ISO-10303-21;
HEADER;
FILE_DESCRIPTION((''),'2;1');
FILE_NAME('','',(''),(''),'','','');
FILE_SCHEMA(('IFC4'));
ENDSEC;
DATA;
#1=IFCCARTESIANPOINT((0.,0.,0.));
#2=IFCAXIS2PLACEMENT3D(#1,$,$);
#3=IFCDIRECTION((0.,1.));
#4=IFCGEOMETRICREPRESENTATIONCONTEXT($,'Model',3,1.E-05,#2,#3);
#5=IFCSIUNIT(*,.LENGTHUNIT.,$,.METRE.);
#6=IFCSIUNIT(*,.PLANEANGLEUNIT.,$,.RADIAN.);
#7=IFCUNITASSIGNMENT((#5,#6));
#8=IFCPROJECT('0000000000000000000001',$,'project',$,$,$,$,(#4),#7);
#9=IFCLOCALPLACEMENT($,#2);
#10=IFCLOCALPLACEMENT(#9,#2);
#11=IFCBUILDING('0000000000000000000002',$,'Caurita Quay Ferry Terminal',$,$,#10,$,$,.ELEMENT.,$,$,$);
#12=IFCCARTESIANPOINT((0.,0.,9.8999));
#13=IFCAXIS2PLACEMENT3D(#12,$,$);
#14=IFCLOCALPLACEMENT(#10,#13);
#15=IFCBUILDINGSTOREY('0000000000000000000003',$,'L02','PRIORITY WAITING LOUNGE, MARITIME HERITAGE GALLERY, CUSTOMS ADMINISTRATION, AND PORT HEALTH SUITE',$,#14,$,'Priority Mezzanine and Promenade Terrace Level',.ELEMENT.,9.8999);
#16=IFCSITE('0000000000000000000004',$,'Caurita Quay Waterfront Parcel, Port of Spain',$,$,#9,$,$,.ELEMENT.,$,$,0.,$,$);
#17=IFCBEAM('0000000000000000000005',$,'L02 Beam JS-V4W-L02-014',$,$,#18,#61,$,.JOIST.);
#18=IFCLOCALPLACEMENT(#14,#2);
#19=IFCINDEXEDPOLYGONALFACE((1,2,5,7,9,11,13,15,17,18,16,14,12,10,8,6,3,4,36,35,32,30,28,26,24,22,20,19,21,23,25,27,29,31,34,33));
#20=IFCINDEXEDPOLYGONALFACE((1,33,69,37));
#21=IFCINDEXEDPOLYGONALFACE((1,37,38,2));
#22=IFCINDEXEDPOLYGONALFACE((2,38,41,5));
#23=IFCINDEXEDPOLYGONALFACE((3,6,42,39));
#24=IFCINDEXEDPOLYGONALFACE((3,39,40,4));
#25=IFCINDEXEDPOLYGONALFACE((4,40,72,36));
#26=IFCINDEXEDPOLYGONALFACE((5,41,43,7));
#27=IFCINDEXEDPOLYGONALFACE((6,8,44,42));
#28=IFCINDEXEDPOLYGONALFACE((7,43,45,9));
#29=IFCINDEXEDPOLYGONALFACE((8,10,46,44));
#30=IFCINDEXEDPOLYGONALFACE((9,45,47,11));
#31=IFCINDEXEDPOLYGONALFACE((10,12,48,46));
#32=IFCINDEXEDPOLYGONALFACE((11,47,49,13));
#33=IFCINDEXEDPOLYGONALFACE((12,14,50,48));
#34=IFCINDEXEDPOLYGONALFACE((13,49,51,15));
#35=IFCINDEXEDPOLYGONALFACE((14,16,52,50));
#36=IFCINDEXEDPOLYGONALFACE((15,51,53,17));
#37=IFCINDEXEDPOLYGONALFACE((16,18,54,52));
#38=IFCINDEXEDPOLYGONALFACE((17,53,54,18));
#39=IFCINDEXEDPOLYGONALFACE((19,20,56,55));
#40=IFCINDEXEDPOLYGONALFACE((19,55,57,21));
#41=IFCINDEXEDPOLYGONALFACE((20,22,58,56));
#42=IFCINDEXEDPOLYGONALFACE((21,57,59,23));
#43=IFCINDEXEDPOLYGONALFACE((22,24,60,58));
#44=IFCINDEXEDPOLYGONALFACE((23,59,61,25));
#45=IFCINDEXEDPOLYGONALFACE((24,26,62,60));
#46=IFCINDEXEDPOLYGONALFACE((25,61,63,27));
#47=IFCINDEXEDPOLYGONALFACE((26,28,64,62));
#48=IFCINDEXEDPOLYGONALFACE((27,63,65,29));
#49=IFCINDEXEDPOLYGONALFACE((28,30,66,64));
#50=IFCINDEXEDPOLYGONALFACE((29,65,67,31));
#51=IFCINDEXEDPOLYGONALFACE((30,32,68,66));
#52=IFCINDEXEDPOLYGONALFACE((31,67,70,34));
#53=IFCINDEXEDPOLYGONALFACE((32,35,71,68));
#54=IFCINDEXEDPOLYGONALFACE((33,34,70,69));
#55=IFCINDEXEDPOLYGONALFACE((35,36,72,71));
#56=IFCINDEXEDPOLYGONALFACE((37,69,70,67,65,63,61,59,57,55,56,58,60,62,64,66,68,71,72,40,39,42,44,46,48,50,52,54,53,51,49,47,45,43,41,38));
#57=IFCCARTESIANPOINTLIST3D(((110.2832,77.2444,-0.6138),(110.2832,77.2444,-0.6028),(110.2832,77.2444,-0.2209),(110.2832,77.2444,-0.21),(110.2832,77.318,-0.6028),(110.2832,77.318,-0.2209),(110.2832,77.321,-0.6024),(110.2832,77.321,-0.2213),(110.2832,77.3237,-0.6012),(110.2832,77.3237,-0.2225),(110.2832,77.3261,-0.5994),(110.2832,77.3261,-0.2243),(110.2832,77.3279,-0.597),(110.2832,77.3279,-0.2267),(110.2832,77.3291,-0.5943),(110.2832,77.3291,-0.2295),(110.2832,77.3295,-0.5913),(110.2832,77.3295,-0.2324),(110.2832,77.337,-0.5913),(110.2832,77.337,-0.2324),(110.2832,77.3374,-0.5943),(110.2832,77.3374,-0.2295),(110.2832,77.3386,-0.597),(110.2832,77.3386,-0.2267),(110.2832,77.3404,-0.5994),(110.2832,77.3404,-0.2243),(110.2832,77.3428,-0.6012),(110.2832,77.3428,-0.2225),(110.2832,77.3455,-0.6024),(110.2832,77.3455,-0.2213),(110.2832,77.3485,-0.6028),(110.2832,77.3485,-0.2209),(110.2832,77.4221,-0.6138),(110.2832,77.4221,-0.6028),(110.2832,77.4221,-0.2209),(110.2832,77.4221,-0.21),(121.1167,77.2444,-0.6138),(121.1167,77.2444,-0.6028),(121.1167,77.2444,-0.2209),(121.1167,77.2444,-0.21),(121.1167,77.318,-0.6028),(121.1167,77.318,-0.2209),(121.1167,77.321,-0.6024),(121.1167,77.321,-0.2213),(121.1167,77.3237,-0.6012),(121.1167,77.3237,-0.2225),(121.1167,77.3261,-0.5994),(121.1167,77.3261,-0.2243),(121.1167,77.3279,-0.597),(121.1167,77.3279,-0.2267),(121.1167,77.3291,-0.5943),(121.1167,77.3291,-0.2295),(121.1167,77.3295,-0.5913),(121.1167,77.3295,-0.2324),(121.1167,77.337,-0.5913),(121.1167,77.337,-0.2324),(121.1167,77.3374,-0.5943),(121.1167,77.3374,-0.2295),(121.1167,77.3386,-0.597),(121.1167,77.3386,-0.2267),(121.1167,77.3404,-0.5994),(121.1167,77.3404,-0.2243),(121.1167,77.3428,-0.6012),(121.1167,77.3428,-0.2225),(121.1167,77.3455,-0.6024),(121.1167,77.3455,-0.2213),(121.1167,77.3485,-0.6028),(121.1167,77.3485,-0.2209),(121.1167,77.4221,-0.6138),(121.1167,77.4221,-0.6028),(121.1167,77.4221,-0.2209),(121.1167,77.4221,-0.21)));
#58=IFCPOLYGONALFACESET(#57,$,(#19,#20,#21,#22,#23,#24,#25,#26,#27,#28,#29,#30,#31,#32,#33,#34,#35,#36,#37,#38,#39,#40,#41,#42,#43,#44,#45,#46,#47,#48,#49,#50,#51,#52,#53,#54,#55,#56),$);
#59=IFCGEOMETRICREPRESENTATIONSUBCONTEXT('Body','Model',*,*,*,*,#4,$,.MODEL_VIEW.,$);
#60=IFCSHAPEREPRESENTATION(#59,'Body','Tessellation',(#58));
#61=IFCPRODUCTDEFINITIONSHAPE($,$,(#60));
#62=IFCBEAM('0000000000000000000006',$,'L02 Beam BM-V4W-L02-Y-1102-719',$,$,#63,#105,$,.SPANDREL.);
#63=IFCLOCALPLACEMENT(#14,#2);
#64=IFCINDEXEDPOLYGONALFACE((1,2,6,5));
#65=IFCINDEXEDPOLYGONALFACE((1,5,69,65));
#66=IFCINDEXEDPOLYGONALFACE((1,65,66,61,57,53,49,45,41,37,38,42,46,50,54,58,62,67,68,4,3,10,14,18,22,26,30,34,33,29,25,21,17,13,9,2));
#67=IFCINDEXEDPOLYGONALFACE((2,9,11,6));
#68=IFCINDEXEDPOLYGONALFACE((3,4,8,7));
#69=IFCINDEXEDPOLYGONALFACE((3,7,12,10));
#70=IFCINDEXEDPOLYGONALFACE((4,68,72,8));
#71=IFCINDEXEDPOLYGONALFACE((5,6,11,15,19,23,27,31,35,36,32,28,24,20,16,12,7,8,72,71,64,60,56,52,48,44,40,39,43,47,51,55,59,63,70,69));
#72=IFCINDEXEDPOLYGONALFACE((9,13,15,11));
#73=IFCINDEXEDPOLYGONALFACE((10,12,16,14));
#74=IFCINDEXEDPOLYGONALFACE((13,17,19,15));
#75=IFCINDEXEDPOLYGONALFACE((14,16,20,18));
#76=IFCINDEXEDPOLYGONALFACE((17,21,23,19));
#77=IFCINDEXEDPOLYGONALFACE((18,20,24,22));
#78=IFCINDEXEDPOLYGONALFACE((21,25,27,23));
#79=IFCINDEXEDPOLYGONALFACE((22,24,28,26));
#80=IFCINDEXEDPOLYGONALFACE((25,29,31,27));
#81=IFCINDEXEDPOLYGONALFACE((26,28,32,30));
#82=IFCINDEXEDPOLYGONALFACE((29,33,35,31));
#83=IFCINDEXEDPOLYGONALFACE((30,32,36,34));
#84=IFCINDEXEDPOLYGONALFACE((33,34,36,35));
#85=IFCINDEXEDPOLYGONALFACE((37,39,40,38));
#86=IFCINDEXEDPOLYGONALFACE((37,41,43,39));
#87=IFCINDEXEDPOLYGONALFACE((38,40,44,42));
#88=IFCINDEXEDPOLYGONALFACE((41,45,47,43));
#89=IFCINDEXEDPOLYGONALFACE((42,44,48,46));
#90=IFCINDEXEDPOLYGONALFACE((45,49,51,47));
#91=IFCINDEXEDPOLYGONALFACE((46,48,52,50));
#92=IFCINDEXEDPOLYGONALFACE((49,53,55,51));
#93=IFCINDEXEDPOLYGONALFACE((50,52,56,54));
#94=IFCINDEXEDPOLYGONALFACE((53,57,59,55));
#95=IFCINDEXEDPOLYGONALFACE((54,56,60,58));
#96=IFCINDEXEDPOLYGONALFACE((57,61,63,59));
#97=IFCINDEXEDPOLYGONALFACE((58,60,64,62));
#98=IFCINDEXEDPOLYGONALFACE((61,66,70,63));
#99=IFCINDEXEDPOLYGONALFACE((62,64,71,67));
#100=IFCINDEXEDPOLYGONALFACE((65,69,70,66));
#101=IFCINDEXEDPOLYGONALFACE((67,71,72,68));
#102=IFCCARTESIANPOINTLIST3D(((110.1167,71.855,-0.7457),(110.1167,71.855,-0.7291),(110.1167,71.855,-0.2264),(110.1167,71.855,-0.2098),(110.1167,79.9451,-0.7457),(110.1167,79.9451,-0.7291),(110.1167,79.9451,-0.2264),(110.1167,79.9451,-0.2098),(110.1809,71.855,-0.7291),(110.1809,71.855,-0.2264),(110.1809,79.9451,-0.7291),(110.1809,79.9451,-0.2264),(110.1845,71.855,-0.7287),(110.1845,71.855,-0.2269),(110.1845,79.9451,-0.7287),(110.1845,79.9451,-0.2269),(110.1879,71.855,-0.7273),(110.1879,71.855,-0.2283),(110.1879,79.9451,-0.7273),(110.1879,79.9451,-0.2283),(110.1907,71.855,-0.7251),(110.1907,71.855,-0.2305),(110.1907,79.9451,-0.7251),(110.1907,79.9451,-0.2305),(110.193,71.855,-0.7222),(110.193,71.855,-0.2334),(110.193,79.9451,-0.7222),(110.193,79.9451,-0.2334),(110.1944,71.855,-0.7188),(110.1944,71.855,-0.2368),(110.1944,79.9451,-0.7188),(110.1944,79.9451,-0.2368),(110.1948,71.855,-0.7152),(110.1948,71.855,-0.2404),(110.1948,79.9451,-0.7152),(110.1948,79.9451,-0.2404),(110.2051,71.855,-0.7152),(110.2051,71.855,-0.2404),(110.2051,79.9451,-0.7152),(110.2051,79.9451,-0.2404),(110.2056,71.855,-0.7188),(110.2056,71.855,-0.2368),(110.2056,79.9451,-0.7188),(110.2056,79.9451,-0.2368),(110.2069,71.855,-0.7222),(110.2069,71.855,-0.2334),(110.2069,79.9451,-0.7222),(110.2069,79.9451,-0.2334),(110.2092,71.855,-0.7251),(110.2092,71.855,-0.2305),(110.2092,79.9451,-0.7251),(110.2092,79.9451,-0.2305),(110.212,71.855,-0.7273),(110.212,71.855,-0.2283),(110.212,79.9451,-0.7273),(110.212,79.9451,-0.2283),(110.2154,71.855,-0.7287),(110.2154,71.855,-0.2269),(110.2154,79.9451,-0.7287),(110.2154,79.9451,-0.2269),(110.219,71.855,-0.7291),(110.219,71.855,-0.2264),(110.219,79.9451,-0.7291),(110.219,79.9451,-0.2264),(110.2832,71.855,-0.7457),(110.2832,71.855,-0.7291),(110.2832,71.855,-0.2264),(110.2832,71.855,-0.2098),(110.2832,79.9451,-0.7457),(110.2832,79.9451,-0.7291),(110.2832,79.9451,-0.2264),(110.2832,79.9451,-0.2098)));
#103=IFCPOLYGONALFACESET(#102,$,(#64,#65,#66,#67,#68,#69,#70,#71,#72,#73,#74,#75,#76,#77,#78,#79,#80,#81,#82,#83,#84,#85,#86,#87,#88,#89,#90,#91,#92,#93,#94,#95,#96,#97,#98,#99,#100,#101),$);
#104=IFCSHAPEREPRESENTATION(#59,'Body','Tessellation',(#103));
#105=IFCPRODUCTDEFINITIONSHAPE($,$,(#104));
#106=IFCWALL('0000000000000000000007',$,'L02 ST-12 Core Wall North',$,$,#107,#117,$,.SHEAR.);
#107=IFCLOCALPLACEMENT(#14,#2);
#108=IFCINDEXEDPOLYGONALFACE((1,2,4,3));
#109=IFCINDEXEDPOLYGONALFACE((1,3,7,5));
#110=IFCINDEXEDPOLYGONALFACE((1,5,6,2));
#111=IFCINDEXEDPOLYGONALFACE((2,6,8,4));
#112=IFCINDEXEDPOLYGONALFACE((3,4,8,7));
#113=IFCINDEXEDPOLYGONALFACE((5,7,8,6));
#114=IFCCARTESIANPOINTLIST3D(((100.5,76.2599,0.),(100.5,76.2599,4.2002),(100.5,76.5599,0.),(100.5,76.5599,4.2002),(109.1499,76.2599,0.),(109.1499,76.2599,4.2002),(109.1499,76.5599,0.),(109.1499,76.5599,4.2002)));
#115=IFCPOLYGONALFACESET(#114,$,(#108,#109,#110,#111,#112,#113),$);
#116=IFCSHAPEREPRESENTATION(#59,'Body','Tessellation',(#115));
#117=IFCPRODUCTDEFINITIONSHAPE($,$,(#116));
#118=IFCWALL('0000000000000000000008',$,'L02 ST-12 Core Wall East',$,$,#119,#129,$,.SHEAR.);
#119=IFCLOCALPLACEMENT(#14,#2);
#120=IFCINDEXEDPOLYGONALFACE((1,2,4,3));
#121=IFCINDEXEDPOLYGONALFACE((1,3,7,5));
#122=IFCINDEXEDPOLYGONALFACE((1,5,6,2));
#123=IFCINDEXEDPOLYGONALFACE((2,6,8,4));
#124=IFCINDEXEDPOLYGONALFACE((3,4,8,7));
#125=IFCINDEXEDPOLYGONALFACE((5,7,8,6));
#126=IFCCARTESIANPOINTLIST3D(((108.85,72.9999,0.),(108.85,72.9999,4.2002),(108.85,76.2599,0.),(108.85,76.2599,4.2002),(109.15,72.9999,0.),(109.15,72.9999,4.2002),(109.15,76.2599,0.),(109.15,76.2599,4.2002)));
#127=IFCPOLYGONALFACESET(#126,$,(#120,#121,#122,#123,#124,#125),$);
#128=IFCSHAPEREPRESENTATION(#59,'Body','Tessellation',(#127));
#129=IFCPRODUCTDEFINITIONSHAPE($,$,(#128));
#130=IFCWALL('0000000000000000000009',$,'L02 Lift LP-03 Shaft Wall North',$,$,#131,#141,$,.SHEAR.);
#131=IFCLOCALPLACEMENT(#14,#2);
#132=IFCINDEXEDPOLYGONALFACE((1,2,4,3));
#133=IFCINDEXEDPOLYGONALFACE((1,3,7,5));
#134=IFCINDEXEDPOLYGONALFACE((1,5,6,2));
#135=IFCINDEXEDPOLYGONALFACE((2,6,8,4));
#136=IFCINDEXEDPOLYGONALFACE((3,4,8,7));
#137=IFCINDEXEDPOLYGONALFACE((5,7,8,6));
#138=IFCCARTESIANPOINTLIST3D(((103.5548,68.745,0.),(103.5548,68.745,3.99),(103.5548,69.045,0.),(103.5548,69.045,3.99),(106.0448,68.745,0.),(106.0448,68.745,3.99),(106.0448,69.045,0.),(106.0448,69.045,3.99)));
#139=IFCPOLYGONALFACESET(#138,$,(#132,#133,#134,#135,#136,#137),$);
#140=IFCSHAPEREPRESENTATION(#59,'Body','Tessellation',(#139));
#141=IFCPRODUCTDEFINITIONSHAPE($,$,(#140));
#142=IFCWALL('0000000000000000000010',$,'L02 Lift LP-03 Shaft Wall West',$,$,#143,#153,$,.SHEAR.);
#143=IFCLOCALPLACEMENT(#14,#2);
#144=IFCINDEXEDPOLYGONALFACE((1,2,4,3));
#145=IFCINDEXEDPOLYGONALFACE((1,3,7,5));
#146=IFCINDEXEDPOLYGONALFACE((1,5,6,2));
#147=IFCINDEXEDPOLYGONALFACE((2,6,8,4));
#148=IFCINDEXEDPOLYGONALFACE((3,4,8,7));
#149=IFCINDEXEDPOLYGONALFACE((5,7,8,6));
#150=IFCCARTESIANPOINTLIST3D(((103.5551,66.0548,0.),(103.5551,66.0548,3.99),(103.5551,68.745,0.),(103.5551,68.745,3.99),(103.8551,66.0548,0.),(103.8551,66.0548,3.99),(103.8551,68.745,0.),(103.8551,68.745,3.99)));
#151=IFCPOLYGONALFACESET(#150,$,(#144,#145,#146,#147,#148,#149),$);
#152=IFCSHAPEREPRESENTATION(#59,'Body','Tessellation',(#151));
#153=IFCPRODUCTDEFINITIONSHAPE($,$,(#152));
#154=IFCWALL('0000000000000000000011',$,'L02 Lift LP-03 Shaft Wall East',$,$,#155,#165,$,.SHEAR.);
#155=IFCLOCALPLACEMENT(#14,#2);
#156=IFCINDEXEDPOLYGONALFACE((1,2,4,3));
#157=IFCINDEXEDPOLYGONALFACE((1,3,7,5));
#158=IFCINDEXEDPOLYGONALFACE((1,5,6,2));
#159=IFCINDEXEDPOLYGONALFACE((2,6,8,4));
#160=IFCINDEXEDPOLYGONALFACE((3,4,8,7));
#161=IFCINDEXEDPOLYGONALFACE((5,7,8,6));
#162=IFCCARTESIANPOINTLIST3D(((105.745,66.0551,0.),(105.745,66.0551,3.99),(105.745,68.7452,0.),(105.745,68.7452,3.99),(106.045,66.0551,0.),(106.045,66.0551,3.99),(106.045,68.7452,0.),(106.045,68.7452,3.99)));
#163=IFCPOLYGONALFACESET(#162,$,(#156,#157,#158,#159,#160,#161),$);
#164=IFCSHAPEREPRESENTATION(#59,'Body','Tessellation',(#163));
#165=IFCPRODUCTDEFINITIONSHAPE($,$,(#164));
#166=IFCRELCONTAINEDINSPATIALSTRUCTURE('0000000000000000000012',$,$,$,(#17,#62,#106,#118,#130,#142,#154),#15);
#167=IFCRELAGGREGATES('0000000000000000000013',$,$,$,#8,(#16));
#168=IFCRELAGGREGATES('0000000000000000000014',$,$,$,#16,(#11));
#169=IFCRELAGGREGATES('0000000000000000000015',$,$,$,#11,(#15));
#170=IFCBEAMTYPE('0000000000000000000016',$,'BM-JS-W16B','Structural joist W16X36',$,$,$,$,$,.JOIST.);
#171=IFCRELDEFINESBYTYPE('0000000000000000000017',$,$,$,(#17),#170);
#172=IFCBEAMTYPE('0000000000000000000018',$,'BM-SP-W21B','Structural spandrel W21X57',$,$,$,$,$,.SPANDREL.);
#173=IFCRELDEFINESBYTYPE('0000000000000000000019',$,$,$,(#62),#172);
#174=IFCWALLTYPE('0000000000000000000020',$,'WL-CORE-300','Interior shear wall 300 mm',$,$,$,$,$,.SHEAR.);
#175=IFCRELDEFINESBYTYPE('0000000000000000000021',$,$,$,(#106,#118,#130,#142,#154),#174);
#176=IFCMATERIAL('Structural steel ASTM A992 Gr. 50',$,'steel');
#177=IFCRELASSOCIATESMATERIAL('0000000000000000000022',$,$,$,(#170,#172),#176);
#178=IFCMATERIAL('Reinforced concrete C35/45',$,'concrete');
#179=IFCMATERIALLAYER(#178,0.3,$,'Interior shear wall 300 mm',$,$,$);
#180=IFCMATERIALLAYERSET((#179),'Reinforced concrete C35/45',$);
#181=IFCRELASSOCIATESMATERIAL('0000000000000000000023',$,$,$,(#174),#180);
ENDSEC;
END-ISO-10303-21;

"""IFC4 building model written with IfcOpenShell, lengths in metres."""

from ifc_helpers import new_model, si_unit, direction, frame, frame_2d, origin, origin_2d, place, context, subcontext, project, spatial, rectangle, i_section, extrude, material, layer, layer_set, material_profile, profile_set, type_object, element, save


model = new_model("IFC4")

# Units and contexts
model_context = context("Model", 3, precision=1e-05, world=origin(), true_north=direction((0.0, 1.0)))
body_context = subcontext(model_context, "Body", "Model", "MODEL_VIEW")
ifc_project = project(units=[si_unit("LENGTHUNIT", "METRE"), si_unit("PLANEANGLEUNIT", "RADIAN")], contexts=[model_context])

# Site, building, storey
site_placement = place(None, origin())
site = spatial("IfcSite", under=ifc_project, at=site_placement, Name="Caurita Quay Waterfront Parcel, Port of Spain", CompositionType="ELEMENT", RefElevation=0.0)
building_placement = place(site_placement, origin())
building = spatial("IfcBuilding", under=site, at=building_placement, Name="Caurita Quay Ferry Terminal", CompositionType="ELEMENT")
storey_placement = place(building_placement, frame((0.0, 0.0, 9.8999)))
storey = spatial("IfcBuildingStorey", under=building, at=storey_placement, Name="L02", Description="PRIORITY WAITING LOUNGE, MARITIME HERITAGE GALLERY, CUSTOMS ADMINISTRATION, AND PORT HEALTH SUITE", LongName="Priority Mezzanine and Promenade Terrace Level", CompositionType="ELEMENT", Elevation=9.8999)

# Shared definitions
ifc_material_1 = material(Name="Structural steel ASTM A992 Gr. 50", Category="steel")

# Beams
ifc_material_profile_1 = material_profile(ifc_material_1, i_section(OverallWidth=0.1777, OverallDepth=0.4038, WebThickness=0.0076, FlangeThickness=0.011, FilletRadius=0.0115, at=origin_2d()), Name="W16X36")
ifc_profile_set_1 = profile_set([ifc_material_profile_1], Name="Structural steel ASTM A992 Gr. 50")
beam_type_1 = type_object("IfcBeamType", Name="BM-JS-W16B", Description="Structural joist W16X36", PredefinedType="JOIST", material=ifc_profile_set_1)
for number, where, z_axis, x_axis, name in (
    (1, (110.2832, 77.3333, -0.4119), (1.0, 0.0, 0.0), (0.0, 1.0, 0.0), "L02 Beam JS-V4W-L02-014"),
):
    element("IfcBeam", number, at=place(storey_placement, frame(where, z_axis=z_axis, x_axis=x_axis)), inside=storey, type_object=beam_type_1, Name=name, PredefinedType="JOIST", context=body_context, shape_type="SweptSolid", body=[
        extrude(i_section(OverallWidth=0.1777, OverallDepth=0.4038, WebThickness=0.0076, FlangeThickness=0.011, FilletRadius=0.0115, at=origin_2d()), origin(), (0.0, 0.0, 1.0), 10.8335),
    ])
ifc_material_profile_2 = material_profile(ifc_material_1, i_section(OverallWidth=0.1665, OverallDepth=0.5359, WebThickness=0.0103, FlangeThickness=0.0166, FilletRadius=0.0139, at=origin_2d()), Name="W21X57")
ifc_profile_set_2 = profile_set([ifc_material_profile_2], Name="Structural steel ASTM A992 Gr. 50")
beam_type_2 = type_object("IfcBeamType", Name="BM-SP-W21B", Description="Structural spandrel W21X57", PredefinedType="SPANDREL", material=ifc_profile_set_2)
beam_1_placement = place(storey_placement, frame((110.2, 71.855, -0.4778), z_axis=(0.0, 1.0, 0.0), x_axis=(-1.0, 0.0, 0.0)))
element("IfcBeam", 2, at=beam_1_placement, inside=storey, type_object=beam_type_2, Name="L02 Beam BM-V4W-L02-Y-1102-719", PredefinedType="SPANDREL", context=body_context, shape_type="SweptSolid", body=[
    extrude(i_section(OverallWidth=0.1665, OverallDepth=0.5359, WebThickness=0.0103, FlangeThickness=0.0166, FilletRadius=0.0139, at=origin_2d()), origin(), (0.0, 0.0, 1.0), 8.0901),
])

# Walls
ifc_material_2 = material(Name="Reinforced concrete C35/45", Category="concrete")
ifc_layer_1 = layer(ifc_material_2, 0.3, Name="Interior shear wall 300 mm")
ifc_layer_set_1 = layer_set([ifc_layer_1], Name="Reinforced concrete C35/45")
wall_type_1 = type_object("IfcWallType", Name="WL-CORE-300", Description="Interior shear wall 300 mm", PredefinedType="SHEAR", material=ifc_layer_set_1)
wall_1_placement = place(storey_placement, frame((109.1499, 76.4099, 0.0), z_axis=(0.0, 0.0, 1.0), x_axis=(-1.0, 0.0, 0.0)))
element("IfcWall", 3, at=wall_1_placement, inside=storey, type_object=wall_type_1, Name="L02 ST-12 Core Wall North", PredefinedType="SHEAR", context=body_context, shape_type="SweptSolid", body=[
    extrude(rectangle(XDim=8.6499, YDim=0.3, at=frame_2d((4.325, 0.0))), origin(), (0.0, 0.0, 1.0), 4.2002),
])
wall_2_placement = place(storey_placement, frame((109.0, 73.0, 0.0), z_axis=(0.0, 0.0, 1.0), x_axis=(0.0, 1.0, 0.0)))
element("IfcWall", 4, at=wall_2_placement, inside=storey, type_object=wall_type_1, Name="L02 ST-12 Core Wall East", PredefinedType="SHEAR", context=body_context, shape_type="SweptSolid", body=[
    extrude(rectangle(XDim=3.26, YDim=0.3, at=frame_2d((1.6299, 0.0))), origin(), (0.0, 0.0, 1.0), 4.2002),
])
wall_3_placement = place(storey_placement, frame((106.0449, 68.895, 0.0), z_axis=(0.0, 0.0, 1.0), x_axis=(-1.0, 0.0, 0.0)))
element("IfcWall", 5, at=wall_3_placement, inside=storey, type_object=wall_type_1, Name="L02 Lift LP-03 Shaft Wall North", PredefinedType="SHEAR", context=body_context, shape_type="SweptSolid", body=[
    extrude(rectangle(XDim=2.49, YDim=0.3, at=frame_2d((1.2451, 0.0))), origin(), (0.0, 0.0, 1.0), 3.99),
])
for number, where, z_axis, x_axis, name in (
    (6, (103.7051, 68.7451, 0.0), (0.0, 0.0, 1.0), (0.0, -1.0, 0.0), "L02 Lift LP-03 Shaft Wall West"),
    (7, (105.895, 66.0549, 0.0), (0.0, 0.0, 1.0), (0.0, 1.0, 0.0), "L02 Lift LP-03 Shaft Wall East"),
):
    element("IfcWall", number, at=place(storey_placement, frame(where, z_axis=z_axis, x_axis=x_axis)), inside=storey, type_object=wall_type_1, Name=name, PredefinedType="SHEAR", context=body_context, shape_type="SweptSolid", body=[
        extrude(rectangle(XDim=2.6902, YDim=0.3, at=frame_2d((1.3452, 0.0))), origin(), (0.0, 0.0, 1.0), 3.99),
    ])

save(model, "model.ifc")
